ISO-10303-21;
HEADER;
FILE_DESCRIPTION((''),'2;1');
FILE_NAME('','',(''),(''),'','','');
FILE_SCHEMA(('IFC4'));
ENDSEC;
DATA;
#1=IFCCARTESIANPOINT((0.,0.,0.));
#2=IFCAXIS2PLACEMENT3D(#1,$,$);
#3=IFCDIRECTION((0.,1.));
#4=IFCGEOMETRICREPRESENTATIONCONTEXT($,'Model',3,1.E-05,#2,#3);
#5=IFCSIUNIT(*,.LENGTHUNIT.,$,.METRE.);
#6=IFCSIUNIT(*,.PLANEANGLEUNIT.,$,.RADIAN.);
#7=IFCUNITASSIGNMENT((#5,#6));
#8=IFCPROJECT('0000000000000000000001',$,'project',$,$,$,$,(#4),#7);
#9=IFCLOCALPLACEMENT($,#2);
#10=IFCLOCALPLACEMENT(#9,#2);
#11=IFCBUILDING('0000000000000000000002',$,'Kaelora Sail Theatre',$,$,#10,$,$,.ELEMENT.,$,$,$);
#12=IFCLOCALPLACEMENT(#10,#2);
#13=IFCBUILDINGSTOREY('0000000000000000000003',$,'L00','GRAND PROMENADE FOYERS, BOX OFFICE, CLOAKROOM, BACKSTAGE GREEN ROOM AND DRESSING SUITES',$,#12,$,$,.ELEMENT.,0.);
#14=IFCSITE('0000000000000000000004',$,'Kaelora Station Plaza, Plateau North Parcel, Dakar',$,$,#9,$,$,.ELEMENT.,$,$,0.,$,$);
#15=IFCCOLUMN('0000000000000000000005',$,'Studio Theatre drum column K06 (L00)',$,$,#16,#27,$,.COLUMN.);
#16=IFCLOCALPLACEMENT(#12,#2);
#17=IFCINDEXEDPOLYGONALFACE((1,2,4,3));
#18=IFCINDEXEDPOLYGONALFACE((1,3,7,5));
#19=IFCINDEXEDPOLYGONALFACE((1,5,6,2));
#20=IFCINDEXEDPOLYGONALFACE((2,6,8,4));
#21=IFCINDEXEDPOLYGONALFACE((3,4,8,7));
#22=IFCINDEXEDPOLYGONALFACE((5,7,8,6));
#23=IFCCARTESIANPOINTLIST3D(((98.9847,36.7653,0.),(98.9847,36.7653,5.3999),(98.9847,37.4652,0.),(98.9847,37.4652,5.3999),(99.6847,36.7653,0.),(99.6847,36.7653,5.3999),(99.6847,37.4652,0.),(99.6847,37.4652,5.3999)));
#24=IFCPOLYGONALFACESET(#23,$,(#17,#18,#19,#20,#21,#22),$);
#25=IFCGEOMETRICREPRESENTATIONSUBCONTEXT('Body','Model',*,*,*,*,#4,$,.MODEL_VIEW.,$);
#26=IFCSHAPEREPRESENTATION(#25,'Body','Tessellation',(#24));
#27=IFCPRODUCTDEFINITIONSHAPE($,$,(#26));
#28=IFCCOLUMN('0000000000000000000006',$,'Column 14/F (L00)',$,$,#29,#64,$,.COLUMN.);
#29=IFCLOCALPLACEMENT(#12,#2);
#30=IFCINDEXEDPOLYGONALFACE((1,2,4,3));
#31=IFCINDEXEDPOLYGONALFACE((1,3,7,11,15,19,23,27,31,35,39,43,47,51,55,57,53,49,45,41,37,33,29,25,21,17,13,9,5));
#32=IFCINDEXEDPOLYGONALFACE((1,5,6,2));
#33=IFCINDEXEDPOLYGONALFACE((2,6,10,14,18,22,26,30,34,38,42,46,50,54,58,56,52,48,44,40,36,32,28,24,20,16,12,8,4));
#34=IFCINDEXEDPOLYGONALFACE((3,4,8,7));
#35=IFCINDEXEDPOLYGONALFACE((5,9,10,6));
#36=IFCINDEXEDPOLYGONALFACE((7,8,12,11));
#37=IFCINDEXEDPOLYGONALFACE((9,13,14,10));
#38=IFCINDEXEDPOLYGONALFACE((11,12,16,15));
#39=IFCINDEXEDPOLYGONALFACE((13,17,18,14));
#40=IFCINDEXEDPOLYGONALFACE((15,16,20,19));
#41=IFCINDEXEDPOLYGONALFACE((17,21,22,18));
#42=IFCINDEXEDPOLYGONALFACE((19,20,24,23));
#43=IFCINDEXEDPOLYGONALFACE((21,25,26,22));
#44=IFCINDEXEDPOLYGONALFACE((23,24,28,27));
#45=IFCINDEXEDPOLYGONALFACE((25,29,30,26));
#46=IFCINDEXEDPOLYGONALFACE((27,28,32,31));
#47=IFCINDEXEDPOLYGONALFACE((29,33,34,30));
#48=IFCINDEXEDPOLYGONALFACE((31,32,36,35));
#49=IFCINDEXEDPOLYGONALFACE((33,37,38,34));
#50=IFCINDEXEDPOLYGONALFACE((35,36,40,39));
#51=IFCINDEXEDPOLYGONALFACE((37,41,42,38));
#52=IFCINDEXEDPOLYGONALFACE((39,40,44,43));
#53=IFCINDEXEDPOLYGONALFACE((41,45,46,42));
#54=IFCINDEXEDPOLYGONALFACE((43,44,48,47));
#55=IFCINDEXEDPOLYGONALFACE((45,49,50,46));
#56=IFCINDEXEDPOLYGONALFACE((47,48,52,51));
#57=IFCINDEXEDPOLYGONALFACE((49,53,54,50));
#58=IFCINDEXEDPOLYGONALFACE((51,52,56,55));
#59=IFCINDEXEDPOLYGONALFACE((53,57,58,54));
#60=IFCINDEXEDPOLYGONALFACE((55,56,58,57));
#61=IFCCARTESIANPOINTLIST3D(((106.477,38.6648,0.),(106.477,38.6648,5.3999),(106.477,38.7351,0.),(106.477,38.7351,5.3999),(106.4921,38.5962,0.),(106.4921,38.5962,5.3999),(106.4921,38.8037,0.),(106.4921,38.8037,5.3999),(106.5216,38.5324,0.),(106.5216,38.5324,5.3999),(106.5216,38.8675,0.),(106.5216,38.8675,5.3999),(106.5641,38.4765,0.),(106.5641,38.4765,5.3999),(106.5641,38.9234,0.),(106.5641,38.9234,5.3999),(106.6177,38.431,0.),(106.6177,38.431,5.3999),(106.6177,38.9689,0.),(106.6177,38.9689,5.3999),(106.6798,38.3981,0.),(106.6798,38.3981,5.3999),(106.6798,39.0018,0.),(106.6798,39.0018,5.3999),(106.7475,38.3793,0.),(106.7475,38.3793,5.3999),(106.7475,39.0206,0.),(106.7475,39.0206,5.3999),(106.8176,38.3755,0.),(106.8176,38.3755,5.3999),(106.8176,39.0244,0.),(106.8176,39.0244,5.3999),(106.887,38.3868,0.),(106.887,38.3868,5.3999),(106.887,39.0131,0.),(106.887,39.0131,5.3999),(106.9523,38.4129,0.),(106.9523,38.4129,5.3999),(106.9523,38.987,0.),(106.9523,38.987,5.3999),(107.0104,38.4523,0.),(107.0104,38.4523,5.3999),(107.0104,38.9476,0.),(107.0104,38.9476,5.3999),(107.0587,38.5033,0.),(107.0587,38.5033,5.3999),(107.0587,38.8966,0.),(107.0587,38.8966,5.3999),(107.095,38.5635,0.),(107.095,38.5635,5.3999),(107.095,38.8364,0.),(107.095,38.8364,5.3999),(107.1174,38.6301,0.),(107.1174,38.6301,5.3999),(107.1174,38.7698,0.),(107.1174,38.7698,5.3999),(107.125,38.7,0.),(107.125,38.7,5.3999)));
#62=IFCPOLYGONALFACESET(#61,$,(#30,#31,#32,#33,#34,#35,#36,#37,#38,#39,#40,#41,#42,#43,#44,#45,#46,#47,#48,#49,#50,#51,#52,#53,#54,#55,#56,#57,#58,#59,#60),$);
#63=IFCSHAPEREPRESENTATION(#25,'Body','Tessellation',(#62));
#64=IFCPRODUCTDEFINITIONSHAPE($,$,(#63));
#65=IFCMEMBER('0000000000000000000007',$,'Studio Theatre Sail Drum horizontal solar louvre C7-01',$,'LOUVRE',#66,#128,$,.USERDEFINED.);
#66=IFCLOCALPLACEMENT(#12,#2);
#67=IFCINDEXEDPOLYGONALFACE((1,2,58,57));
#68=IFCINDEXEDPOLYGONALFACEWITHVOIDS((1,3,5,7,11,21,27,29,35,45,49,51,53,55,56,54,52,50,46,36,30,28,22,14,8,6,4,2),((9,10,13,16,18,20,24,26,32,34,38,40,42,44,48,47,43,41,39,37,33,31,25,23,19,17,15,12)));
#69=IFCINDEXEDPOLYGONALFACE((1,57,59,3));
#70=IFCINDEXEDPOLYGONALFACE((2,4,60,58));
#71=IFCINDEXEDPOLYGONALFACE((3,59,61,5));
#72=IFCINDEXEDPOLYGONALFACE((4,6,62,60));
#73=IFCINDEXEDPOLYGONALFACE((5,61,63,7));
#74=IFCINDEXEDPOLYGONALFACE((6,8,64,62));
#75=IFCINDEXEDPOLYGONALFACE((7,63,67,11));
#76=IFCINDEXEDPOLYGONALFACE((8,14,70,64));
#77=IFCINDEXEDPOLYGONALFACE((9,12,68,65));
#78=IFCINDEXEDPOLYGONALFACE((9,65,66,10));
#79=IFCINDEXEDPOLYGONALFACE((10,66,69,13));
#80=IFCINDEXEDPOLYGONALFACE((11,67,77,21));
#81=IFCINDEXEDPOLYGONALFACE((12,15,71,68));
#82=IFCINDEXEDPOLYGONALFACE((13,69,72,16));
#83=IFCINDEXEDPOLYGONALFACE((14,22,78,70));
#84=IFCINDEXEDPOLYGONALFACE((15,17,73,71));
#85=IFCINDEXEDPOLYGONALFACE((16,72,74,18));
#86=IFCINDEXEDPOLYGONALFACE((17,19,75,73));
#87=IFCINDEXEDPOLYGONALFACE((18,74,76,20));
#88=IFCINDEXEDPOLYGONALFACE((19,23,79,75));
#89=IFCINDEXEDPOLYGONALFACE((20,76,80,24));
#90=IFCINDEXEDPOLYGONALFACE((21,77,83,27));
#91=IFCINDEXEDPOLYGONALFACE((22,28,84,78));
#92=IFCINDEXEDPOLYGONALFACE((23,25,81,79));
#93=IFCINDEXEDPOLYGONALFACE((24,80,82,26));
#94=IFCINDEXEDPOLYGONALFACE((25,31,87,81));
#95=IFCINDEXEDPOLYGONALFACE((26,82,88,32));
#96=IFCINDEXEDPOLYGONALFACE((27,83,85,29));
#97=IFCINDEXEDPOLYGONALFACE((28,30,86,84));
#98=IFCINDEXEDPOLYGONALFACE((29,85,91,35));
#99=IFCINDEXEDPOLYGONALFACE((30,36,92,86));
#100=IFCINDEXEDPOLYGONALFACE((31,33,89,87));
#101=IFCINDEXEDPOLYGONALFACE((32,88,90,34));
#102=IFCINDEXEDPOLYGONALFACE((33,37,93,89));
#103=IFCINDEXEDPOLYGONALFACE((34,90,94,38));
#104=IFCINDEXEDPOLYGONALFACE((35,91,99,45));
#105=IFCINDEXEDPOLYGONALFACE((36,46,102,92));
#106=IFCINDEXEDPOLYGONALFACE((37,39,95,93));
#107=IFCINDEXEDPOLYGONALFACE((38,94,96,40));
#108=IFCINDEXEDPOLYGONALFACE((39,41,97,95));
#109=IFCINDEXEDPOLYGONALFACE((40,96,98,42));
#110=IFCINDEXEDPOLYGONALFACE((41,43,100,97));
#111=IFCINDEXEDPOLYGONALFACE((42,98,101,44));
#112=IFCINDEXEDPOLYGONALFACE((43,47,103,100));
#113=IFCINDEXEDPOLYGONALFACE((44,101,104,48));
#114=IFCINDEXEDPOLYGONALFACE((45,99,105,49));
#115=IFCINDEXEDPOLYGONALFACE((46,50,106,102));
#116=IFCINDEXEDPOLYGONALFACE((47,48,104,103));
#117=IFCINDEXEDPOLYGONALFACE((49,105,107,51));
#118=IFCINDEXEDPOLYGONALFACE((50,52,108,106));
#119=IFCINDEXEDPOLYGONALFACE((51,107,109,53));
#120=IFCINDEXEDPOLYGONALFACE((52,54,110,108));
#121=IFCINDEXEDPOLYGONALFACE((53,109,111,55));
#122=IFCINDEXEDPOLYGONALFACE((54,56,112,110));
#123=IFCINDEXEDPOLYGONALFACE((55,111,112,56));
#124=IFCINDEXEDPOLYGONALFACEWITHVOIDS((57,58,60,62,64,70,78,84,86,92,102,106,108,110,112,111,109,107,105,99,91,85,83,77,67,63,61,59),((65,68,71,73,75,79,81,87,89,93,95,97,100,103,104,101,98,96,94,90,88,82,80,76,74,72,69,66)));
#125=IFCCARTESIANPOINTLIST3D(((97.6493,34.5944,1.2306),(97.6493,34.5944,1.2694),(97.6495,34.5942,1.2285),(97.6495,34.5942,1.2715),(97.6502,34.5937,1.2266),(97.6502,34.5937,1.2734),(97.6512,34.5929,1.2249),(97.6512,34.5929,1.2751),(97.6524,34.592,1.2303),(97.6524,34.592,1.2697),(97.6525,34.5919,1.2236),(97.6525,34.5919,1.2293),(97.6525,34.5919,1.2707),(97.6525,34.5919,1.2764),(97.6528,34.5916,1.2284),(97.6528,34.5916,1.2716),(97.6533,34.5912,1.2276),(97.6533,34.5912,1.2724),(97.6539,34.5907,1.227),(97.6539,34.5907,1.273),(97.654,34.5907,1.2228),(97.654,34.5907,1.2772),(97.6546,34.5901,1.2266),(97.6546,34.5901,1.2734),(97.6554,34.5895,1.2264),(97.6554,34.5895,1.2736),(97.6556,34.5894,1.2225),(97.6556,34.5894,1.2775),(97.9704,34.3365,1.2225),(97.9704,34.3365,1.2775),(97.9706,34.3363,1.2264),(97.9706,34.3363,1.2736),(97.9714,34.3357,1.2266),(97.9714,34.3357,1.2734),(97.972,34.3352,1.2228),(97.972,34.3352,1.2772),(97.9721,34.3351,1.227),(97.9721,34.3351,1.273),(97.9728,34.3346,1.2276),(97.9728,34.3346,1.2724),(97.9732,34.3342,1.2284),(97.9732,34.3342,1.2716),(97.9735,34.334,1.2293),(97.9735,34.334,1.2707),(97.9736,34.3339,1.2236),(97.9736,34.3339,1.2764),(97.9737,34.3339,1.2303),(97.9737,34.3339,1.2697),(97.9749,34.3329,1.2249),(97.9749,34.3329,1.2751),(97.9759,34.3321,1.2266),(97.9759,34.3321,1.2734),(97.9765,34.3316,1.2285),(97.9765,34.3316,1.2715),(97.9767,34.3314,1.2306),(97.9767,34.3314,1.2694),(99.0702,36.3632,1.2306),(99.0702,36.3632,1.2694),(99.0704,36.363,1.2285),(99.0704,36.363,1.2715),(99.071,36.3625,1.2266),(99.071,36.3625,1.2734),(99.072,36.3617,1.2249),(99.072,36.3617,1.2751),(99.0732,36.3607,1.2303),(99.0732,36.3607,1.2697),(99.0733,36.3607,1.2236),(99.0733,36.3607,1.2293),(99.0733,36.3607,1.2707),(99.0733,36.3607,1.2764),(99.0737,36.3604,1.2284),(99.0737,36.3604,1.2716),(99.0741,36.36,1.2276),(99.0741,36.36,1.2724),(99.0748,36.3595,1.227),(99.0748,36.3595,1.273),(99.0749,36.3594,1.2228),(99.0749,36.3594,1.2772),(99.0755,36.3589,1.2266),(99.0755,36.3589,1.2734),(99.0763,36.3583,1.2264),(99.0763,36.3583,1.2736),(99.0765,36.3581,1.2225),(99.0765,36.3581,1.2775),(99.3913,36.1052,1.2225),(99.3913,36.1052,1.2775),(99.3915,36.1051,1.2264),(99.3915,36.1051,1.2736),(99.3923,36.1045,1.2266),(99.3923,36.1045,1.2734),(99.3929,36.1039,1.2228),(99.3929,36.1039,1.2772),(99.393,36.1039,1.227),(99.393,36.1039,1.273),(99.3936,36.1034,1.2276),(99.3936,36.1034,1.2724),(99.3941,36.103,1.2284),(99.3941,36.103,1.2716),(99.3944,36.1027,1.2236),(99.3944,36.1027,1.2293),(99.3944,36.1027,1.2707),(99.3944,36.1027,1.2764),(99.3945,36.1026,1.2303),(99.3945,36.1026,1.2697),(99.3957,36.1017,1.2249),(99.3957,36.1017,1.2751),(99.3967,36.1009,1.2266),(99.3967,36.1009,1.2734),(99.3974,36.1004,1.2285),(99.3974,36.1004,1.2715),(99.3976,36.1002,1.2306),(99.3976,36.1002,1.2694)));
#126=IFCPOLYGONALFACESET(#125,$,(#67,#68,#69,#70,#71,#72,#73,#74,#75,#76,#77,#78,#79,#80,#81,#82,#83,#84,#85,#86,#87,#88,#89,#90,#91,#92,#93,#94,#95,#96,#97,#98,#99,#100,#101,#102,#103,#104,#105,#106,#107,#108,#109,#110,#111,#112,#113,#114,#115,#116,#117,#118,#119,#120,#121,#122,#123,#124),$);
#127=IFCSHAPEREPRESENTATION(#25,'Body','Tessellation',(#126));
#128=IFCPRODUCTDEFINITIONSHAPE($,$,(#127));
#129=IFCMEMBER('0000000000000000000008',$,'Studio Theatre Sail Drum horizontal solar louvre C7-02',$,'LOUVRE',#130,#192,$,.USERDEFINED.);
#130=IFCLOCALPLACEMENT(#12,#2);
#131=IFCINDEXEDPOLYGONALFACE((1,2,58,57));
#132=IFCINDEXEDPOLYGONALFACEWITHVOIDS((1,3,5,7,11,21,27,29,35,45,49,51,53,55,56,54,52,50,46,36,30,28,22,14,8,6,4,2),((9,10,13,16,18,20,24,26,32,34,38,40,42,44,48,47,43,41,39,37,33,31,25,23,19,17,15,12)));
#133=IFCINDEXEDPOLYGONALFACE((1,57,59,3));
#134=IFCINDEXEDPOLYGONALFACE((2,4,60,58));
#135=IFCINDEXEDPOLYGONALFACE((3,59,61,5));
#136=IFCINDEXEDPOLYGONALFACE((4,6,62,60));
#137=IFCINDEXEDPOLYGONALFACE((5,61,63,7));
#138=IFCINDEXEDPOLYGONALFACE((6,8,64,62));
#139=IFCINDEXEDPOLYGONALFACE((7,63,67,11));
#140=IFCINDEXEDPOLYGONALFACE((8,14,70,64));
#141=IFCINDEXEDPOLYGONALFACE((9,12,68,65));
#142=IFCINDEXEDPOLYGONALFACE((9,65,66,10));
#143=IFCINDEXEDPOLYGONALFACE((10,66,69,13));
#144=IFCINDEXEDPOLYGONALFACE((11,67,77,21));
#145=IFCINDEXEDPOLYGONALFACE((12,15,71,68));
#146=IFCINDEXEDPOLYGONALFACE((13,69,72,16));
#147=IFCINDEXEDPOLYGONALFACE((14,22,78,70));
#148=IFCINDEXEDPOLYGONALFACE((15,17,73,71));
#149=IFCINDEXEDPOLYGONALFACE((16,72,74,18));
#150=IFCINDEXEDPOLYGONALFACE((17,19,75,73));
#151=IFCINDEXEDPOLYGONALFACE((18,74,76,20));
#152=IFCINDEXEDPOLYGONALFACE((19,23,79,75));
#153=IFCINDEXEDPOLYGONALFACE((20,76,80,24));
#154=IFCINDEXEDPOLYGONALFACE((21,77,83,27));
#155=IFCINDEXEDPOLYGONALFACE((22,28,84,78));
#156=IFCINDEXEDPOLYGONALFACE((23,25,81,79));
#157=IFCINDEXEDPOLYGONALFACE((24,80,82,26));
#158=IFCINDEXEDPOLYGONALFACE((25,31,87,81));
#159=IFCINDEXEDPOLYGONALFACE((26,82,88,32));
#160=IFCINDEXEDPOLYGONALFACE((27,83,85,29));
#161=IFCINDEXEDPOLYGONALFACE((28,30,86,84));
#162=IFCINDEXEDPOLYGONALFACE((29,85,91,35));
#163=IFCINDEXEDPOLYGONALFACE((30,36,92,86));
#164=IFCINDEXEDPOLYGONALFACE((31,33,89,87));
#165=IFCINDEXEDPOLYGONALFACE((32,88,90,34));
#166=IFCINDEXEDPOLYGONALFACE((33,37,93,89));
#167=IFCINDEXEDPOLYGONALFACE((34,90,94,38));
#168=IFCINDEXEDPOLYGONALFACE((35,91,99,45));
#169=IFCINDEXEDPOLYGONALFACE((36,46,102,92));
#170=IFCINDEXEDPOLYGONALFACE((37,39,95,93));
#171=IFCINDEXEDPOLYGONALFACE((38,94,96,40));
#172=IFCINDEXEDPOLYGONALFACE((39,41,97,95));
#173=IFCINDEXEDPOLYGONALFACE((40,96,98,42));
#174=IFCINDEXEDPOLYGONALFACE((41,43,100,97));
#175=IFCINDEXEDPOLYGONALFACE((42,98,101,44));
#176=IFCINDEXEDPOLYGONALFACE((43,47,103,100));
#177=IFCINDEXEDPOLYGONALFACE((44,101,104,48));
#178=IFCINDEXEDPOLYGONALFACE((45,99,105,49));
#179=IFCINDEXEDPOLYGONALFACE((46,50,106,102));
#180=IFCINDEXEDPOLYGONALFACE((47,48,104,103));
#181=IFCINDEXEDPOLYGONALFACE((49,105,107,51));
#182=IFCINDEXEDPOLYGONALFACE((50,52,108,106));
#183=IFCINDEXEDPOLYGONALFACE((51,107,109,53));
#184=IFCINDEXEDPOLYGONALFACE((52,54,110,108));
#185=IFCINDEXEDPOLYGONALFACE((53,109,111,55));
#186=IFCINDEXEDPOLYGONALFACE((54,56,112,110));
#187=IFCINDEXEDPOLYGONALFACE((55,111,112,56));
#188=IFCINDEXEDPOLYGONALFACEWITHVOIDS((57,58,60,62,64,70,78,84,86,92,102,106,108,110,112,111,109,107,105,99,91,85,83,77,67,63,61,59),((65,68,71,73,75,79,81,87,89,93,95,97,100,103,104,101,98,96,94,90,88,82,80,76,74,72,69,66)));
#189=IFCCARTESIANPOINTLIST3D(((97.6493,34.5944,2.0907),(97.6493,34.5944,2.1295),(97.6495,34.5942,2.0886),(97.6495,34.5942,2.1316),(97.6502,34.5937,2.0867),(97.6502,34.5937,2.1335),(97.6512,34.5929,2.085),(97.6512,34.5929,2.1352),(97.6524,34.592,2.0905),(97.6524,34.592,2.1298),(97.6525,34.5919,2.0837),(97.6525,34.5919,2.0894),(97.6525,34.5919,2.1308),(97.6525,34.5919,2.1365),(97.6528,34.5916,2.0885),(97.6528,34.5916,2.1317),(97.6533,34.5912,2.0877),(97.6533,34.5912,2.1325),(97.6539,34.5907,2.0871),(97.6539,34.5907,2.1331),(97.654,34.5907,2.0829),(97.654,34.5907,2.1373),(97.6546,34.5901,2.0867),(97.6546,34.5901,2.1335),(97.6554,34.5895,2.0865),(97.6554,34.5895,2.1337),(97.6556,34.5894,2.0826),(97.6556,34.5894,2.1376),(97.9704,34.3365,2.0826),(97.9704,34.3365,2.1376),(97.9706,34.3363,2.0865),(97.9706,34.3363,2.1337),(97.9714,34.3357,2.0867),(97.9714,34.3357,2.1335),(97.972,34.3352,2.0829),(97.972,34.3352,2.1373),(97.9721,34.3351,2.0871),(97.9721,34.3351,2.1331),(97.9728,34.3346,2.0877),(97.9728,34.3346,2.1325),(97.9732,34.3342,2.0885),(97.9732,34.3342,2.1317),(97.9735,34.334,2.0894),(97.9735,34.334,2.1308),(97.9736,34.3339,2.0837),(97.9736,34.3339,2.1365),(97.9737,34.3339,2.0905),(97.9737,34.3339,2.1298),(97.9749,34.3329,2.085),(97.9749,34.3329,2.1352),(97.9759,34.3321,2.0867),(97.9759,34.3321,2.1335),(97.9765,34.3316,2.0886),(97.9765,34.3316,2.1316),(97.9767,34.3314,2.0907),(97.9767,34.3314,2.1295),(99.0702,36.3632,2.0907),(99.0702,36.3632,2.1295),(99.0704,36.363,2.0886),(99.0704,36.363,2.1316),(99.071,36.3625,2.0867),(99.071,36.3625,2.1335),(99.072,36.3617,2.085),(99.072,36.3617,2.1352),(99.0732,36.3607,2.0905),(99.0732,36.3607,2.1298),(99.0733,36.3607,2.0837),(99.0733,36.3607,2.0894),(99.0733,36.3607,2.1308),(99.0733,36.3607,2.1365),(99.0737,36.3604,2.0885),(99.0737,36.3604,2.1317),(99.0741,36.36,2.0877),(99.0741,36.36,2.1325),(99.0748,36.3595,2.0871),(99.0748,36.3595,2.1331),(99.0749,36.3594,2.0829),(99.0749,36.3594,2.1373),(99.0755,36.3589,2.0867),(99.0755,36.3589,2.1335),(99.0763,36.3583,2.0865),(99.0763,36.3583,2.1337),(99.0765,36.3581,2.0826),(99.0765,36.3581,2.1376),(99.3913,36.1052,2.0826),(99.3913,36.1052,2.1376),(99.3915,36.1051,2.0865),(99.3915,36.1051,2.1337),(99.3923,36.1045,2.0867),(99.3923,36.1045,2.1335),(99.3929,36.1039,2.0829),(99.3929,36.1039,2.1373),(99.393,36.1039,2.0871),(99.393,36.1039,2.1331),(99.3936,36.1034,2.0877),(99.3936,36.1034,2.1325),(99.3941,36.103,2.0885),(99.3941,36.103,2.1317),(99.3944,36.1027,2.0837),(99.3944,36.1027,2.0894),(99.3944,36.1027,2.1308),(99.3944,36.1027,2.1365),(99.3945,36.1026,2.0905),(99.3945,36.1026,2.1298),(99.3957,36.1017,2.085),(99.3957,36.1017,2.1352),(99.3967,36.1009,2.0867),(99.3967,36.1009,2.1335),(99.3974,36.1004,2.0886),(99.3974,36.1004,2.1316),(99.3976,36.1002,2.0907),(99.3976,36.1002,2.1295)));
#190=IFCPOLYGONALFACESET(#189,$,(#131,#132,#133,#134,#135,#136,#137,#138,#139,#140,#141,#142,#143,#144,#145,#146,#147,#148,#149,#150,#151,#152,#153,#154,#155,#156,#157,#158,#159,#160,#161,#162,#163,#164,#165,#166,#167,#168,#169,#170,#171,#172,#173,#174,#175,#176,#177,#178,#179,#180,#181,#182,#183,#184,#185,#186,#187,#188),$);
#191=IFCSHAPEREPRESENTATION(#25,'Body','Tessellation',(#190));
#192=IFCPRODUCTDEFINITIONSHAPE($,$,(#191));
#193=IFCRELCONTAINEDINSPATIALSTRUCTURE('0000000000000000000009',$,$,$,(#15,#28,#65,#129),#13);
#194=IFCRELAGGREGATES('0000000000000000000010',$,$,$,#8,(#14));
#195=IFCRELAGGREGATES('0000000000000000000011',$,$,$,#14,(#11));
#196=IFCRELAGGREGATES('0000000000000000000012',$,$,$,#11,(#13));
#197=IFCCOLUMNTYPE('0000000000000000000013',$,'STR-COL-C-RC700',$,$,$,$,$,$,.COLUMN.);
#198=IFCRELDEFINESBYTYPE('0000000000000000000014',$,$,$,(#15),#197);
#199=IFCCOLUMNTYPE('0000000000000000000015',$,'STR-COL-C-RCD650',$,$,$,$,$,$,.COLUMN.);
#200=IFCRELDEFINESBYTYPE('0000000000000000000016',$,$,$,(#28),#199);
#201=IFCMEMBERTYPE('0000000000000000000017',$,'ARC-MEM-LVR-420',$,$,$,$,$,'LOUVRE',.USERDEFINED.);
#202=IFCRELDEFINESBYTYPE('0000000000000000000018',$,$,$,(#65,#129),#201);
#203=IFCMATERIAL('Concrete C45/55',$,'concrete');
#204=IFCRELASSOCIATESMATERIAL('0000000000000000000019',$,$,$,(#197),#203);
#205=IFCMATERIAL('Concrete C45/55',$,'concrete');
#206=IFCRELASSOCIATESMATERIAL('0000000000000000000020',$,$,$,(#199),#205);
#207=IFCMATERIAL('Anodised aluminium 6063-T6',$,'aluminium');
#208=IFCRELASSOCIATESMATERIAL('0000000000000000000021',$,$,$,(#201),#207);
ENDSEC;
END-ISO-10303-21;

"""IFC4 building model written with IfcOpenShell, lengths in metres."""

from ifc_helpers import new_model, si_unit, direction, frame, origin, origin_2d, place, context, subcontext, project, spatial, rectangle, hollow_rectangle, circle, extrude, material, material_profile, profile_set, type_object, element, save


model = new_model("IFC4")

# Units and contexts
model_context = context("Model", 3, precision=1e-05, world=origin(), true_north=direction((0.0, 1.0)))
body_context = subcontext(model_context, "Body", "Model", "MODEL_VIEW")
ifc_project = project(units=[si_unit("LENGTHUNIT", "METRE"), si_unit("PLANEANGLEUNIT", "RADIAN")], contexts=[model_context])

# Site, building, storey
site_placement = place(None, origin())
site = spatial("IfcSite", under=ifc_project, at=site_placement, Name="Kaelora Station Plaza, Plateau North Parcel, Dakar", CompositionType="ELEMENT", RefElevation=0.0)
building_placement = place(site_placement, origin())
building = spatial("IfcBuilding", under=site, at=building_placement, Name="Kaelora Sail Theatre", CompositionType="ELEMENT")
storey_placement = place(building_placement, origin())
storey = spatial("IfcBuildingStorey", under=building, at=storey_placement, Name="L00", Description="GRAND PROMENADE FOYERS, BOX OFFICE, CLOAKROOM, BACKSTAGE GREEN ROOM AND DRESSING SUITES", CompositionType="ELEMENT", Elevation=0.0)

# Columns
ifc_material_1 = material(Name="Concrete C45/55", Category="concrete")
ifc_material_profile_1 = material_profile(ifc_material_1, rectangle(XDim=0.7, YDim=0.7, at=origin_2d()), Name="RC-COL 700x700")
ifc_profile_set_1 = profile_set([ifc_material_profile_1], Name="Concrete C45/55")
column_type_1 = type_object("IfcColumnType", Name="STR-COL-C-RC700", PredefinedType="COLUMN", material=ifc_profile_set_1)
column_1_placement = place(storey_placement, frame((99.3347, 37.1152, 0.0), z_axis=(0.0, 0.0, 1.0), x_axis=(1.0, 0.0, 0.0)))
element("IfcColumn", 1, at=column_1_placement, inside=storey, type_object=column_type_1, Name="Studio Theatre drum column K06 (L00)", PredefinedType="COLUMN", context=body_context, shape_type="SweptSolid", body=[
    extrude(rectangle(XDim=0.7, YDim=0.7, at=origin_2d()), origin(), (0.0, 0.0, 1.0), 5.3999),
])
ifc_material_2 = material(Name="Concrete C45/55", Category="concrete")
ifc_material_profile_2 = material_profile(ifc_material_2, circle(Radius=0.325, at=origin_2d()), Name="RC-CCOL D650")
ifc_profile_set_2 = profile_set([ifc_material_profile_2], Name="Concrete C45/55")
column_type_2 = type_object("IfcColumnType", Name="STR-COL-C-RCD650", PredefinedType="COLUMN", material=ifc_profile_set_2)
column_2_placement = place(storey_placement, frame((106.8, 38.7, 0.0), z_axis=(0.0, 0.0, 1.0), x_axis=(1.0, 0.0, 0.0)))
element("IfcColumn", 2, at=column_2_placement, inside=storey, type_object=column_type_2, Name="Column 14/F (L00)", PredefinedType="COLUMN", context=body_context, shape_type="SweptSolid", body=[
    extrude(circle(Radius=0.325, at=origin_2d()), origin(), (0.0, 0.0, 1.0), 5.3999),
])

# Members
ifc_material_3 = material(Name="Anodised aluminium 6063-T6", Category="aluminium")
ifc_material_profile_3 = material_profile(ifc_material_3, hollow_rectangle(XDim=0.4199, YDim=0.0549, WallThickness=0.0039, InnerFilletRadius=0.0039, OuterFilletRadius=0.0081, at=origin_2d()), Name="LOUVRE 420x55x4")
ifc_profile_set_3 = profile_set([ifc_material_profile_3], Name="Anodised aluminium 6063-T6")
member_type_1 = type_object("IfcMemberType", Name="ARC-MEM-LVR-420", ElementType="LOUVRE", PredefinedType="USERDEFINED", material=ifc_profile_set_3)
for number, where, z_axis, x_axis, name in (
    (3, (99.2339, 36.2317, 1.25), (-0.626269, -0.779607, 0.0), (0.779607, -0.626269, 0.0), "Studio Theatre Sail Drum horizontal solar louvre C7-01"),
    (4, (99.2339, 36.2317, 2.1101), (-0.626269, -0.779607, 0.0), (0.779607, -0.626269, 0.0), "Studio Theatre Sail Drum horizontal solar louvre C7-02"),
):
    element("IfcMember", number, at=place(storey_placement, frame(where, z_axis=z_axis, x_axis=x_axis)), inside=storey, type_object=member_type_1, Name=name, ObjectType="LOUVRE", PredefinedType="USERDEFINED", context=body_context, shape_type="SweptSolid", body=[
        extrude(hollow_rectangle(XDim=0.4199, YDim=0.0549, WallThickness=0.0039, InnerFilletRadius=0.0039, OuterFilletRadius=0.0081, at=origin_2d()), origin(), (0.0, 0.0, 1.0), 2.2688),
    ])

save(model, "model.ifc")
